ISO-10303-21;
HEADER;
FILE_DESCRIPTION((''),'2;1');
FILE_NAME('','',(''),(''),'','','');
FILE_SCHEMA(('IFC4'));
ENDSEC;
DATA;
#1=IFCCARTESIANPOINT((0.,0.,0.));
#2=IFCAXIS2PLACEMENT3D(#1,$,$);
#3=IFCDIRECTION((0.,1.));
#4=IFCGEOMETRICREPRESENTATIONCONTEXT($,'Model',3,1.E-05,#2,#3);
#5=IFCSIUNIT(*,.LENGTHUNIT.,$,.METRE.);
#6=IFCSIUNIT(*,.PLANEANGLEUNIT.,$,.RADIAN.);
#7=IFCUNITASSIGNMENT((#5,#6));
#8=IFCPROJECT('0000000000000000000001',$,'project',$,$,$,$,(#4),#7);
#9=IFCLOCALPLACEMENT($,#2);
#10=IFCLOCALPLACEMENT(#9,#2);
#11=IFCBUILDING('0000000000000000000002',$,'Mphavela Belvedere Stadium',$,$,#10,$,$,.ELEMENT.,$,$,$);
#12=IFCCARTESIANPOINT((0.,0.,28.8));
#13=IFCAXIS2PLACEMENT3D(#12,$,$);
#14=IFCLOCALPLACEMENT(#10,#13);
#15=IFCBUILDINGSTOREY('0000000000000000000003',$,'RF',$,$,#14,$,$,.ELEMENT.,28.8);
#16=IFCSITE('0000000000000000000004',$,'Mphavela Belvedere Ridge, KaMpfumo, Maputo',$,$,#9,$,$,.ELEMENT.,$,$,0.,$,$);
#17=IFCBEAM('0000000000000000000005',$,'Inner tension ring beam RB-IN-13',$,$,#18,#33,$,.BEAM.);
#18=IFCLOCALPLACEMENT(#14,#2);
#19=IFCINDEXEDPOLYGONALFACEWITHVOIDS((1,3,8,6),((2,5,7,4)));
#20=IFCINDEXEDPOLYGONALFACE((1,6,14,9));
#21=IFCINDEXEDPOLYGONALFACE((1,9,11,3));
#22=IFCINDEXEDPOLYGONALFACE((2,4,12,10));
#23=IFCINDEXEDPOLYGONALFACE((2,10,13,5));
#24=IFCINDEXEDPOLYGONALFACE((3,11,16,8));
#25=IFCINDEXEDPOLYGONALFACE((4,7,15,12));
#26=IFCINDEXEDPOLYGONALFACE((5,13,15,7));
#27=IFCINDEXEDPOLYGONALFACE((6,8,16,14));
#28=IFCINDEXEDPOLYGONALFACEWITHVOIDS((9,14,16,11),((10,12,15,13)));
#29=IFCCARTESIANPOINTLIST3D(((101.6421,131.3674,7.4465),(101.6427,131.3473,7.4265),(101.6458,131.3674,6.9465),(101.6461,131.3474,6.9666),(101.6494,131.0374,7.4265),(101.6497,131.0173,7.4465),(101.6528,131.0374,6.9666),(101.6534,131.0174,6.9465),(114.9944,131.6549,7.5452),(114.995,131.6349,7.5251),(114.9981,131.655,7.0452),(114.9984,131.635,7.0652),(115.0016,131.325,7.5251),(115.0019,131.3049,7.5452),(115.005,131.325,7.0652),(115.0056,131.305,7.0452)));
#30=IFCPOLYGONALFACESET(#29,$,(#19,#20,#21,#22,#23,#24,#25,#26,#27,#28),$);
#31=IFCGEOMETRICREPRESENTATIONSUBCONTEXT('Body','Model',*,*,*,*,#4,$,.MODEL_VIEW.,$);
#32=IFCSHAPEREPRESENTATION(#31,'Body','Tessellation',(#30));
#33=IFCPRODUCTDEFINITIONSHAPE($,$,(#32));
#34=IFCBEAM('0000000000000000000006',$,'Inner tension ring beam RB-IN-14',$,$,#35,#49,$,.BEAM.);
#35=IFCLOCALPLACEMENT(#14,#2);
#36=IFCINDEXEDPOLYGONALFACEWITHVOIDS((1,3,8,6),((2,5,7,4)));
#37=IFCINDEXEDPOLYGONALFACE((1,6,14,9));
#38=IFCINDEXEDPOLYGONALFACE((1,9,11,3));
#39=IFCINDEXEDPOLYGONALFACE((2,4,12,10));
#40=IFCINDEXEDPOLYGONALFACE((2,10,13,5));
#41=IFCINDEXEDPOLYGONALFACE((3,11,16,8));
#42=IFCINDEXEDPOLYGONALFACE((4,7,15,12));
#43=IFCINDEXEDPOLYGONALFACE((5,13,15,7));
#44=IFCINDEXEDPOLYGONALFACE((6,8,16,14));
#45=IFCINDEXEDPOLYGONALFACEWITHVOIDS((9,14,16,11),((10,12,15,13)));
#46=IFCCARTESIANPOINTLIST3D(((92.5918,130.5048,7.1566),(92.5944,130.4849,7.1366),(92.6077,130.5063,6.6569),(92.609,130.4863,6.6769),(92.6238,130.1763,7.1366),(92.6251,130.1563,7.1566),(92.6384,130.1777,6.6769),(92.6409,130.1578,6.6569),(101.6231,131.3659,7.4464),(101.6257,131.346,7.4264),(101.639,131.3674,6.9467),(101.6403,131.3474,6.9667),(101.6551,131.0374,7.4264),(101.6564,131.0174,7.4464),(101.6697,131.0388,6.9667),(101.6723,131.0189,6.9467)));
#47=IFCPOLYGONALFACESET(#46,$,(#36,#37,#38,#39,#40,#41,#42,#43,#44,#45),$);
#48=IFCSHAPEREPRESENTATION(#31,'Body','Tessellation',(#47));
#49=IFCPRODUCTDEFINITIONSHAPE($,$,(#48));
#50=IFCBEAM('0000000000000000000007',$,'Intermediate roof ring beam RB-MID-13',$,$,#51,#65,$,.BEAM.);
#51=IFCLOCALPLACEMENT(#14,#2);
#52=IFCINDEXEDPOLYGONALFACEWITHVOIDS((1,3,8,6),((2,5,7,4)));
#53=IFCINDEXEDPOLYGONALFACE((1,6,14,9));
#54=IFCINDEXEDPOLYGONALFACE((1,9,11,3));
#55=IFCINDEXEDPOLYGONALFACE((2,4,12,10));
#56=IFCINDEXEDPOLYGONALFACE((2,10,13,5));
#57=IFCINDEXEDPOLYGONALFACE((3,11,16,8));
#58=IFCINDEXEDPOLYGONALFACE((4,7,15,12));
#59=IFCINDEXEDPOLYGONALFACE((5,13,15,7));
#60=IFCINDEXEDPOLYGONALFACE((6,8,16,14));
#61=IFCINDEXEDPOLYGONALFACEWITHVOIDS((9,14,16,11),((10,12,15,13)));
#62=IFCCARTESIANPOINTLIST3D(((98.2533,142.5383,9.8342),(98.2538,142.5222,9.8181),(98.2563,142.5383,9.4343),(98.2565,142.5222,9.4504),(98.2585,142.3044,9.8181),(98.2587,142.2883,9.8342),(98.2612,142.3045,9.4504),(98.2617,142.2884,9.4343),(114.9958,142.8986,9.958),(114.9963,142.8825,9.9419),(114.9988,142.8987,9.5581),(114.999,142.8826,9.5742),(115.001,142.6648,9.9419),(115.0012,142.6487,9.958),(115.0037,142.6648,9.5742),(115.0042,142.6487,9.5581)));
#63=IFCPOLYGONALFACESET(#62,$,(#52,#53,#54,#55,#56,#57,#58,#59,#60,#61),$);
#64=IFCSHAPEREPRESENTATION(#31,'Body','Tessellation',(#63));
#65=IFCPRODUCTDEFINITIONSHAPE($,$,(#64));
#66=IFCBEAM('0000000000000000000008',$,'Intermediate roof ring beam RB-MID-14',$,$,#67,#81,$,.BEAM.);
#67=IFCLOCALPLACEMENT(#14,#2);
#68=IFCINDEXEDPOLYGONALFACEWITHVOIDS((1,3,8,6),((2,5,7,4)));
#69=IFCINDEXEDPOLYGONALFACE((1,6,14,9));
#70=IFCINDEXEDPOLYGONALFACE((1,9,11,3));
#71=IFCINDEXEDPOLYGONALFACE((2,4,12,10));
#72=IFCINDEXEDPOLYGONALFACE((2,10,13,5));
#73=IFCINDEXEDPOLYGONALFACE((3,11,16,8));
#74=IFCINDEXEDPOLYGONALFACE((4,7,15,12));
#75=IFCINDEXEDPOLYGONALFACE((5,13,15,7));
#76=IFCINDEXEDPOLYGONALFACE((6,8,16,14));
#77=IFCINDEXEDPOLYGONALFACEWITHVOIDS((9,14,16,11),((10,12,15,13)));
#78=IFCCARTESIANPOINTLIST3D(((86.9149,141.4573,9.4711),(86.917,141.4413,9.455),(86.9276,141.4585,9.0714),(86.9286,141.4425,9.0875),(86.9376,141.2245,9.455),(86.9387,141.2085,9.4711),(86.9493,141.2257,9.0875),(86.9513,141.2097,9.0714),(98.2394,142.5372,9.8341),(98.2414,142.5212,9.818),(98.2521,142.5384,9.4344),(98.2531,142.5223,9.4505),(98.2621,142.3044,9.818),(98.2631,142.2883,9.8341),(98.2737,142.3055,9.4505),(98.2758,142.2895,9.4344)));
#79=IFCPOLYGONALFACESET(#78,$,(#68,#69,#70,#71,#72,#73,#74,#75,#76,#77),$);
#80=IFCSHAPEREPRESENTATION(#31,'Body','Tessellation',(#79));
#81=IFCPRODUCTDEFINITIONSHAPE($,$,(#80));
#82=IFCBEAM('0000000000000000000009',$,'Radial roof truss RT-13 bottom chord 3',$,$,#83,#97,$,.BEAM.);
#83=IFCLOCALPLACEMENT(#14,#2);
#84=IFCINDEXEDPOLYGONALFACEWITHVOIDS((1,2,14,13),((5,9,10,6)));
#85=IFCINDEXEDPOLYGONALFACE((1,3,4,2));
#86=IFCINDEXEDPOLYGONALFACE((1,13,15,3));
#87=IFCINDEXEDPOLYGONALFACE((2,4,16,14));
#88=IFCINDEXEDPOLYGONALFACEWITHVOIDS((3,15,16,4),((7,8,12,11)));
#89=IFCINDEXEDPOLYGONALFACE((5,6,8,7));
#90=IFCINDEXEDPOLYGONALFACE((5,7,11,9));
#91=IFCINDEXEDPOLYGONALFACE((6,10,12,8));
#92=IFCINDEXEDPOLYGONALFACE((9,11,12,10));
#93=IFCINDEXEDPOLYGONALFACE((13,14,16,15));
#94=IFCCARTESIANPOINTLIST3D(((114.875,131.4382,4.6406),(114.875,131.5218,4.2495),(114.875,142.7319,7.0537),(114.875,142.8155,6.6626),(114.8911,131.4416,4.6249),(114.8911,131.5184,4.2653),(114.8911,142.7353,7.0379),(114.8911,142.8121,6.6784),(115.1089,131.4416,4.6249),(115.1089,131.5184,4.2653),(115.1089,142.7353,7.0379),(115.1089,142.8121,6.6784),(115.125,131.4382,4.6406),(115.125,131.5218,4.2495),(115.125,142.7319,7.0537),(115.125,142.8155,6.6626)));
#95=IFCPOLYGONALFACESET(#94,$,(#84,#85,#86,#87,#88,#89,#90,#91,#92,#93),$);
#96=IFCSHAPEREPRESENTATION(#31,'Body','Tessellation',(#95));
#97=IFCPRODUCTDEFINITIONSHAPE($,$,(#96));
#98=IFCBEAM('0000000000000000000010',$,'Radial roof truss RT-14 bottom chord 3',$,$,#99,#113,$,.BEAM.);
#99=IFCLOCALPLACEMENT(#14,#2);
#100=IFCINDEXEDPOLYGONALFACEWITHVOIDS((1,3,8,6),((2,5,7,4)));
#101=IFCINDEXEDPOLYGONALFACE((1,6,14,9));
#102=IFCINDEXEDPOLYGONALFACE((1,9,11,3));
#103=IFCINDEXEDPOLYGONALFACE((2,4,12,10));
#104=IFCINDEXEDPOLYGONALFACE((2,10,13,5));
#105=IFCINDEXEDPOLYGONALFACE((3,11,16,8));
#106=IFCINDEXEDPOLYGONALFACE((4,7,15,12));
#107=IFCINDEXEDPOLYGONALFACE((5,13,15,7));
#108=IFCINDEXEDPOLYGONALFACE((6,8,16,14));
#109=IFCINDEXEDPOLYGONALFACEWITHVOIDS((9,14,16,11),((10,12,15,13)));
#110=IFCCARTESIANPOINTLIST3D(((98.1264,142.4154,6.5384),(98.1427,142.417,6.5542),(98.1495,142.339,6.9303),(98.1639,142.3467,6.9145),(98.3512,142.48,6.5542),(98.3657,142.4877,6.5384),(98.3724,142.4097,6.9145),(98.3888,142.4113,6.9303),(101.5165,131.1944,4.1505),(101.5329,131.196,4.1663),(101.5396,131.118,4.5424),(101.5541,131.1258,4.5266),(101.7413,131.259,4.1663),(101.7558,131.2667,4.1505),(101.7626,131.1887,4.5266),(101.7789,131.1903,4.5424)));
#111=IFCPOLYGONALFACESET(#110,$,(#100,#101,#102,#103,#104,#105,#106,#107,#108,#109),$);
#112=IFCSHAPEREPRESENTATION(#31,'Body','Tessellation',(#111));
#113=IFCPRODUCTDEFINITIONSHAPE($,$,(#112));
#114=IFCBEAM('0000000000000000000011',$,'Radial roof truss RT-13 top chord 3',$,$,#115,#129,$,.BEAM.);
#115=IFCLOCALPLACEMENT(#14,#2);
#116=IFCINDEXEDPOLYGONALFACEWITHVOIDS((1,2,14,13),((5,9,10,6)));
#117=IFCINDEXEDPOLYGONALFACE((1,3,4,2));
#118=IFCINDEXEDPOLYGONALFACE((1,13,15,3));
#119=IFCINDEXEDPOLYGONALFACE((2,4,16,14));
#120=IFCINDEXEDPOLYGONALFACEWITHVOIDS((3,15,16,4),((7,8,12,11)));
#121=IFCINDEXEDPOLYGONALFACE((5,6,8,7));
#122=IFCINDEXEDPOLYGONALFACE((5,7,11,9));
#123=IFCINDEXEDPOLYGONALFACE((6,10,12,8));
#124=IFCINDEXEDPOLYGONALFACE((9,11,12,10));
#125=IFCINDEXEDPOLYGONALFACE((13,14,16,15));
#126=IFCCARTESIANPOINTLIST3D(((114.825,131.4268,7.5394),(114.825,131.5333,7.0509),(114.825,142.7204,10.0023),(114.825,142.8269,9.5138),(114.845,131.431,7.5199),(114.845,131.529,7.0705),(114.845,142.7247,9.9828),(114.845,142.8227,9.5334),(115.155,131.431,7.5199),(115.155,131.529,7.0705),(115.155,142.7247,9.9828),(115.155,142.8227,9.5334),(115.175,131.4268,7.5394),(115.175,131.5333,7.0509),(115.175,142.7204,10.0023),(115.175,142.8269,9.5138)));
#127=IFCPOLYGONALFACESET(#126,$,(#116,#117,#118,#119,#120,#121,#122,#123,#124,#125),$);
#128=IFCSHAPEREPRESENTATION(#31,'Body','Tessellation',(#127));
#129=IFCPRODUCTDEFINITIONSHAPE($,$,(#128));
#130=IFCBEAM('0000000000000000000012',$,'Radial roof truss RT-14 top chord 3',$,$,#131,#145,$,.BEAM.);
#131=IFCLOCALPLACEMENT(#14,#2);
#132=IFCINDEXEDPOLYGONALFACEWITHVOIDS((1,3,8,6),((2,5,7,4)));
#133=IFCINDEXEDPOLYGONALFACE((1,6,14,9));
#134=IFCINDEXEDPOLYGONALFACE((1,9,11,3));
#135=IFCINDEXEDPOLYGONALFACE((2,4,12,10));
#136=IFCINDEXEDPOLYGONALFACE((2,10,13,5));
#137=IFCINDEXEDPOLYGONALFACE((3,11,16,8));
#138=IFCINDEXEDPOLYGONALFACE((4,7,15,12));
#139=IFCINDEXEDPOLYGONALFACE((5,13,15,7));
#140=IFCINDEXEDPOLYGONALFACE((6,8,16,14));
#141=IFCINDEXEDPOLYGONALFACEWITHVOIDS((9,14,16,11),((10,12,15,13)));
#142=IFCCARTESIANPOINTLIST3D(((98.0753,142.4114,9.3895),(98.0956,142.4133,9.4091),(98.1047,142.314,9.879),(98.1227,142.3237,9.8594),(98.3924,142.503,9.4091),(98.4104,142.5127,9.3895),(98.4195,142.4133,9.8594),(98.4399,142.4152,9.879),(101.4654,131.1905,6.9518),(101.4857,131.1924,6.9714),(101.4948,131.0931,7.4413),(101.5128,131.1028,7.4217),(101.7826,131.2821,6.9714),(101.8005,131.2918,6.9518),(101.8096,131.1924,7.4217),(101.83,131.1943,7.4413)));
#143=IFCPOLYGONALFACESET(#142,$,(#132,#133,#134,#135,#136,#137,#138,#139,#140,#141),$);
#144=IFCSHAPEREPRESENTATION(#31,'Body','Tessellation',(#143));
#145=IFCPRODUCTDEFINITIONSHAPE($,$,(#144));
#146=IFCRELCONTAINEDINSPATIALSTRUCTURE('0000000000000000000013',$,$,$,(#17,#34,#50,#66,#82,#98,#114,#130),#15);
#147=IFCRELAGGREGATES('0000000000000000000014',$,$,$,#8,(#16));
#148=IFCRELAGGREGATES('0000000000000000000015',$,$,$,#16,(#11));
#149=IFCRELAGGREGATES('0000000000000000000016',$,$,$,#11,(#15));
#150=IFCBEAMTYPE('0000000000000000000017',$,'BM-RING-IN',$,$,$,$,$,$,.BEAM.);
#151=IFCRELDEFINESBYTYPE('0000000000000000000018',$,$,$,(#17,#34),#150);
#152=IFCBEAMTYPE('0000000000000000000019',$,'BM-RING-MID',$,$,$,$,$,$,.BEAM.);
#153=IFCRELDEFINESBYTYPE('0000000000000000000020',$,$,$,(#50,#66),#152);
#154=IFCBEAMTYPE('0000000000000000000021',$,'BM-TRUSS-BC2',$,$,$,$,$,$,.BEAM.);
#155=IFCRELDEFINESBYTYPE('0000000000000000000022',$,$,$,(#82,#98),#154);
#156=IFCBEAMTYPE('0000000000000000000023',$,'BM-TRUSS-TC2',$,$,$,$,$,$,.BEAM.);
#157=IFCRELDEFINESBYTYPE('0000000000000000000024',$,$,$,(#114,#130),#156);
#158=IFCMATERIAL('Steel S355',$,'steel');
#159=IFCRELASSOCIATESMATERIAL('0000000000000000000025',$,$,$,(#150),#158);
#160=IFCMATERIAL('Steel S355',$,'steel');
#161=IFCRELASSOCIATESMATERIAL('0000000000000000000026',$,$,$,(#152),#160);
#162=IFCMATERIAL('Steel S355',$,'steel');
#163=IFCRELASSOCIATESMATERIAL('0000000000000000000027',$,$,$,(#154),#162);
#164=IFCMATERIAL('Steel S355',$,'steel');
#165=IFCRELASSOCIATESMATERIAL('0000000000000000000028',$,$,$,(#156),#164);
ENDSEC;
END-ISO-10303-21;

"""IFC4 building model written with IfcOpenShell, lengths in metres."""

from ifc_helpers import new_model, si_unit, direction, frame, origin, origin_2d, place, context, subcontext, project, spatial, hollow_rectangle, extrude, material, material_profile, profile_set, type_object, element, save


model = new_model("IFC4")

# Units and contexts
model_context = context("Model", 3, precision=1e-05, world=origin(), true_north=direction((0.0, 1.0)))
body_context = subcontext(model_context, "Body", "Model", "MODEL_VIEW")
ifc_project = project(units=[si_unit("LENGTHUNIT", "METRE"), si_unit("PLANEANGLEUNIT", "RADIAN")], contexts=[model_context])

# Site, building, storey
site_placement = place(None, origin())
site = spatial("IfcSite", under=ifc_project, at=site_placement, Name="Mphavela Belvedere Ridge, KaMpfumo, Maputo", CompositionType="ELEMENT", RefElevation=0.0)
building_placement = place(site_placement, origin())
building = spatial("IfcBuilding", under=site, at=building_placement, Name="Mphavela Belvedere Stadium", CompositionType="ELEMENT")
storey_placement = place(building_placement, frame((0.0, 0.0, 28.8)))
storey = spatial("IfcBuildingStorey", under=building, at=storey_placement, Name="RF", CompositionType="ELEMENT", Elevation=28.8)

# Beams
ifc_material_1 = material(Name="Steel S355", Category="steel")
ifc_material_profile_1 = material_profile(ifc_material_1, hollow_rectangle(XDim=0.3501, YDim=0.5, WallThickness=0.02, at=origin_2d()), Name="RHS 500x350x20")
ifc_profile_set_1 = profile_set([ifc_material_profile_1], Name="Steel S355")
beam_type_1 = type_object("IfcBeamType", Name="BM-RING-IN", PredefinedType="BEAM", material=ifc_profile_set_1)
beam_1_placement = place(storey_placement, frame((115.0, 131.48, 7.2952), z_axis=(-0.999741, -0.021534, -0.007385), x_axis=(0.021534, -0.999768, 0.0)))
element("IfcBeam", 1, at=beam_1_placement, inside=storey, type_object=beam_type_1, Name="Inner tension ring beam RB-IN-13", PredefinedType="BEAM", context=body_context, shape_type="SweptSolid", body=[
    extrude(hollow_rectangle(XDim=0.3501, YDim=0.5, WallThickness=0.02, at=origin_2d()), origin(), (0.0, 0.0, 1.0), 13.3557),
])
beam_2_placement = place(storey_placement, frame((101.6477, 131.1924, 7.1965), z_axis=(-0.994978, -0.094866, -0.031927), x_axis=(0.094914, -0.995485, 0.0)))
element("IfcBeam", 2, at=beam_2_placement, inside=storey, type_object=beam_type_1, Name="Inner tension ring beam RB-IN-14", PredefinedType="BEAM", context=body_context, shape_type="SweptSolid", body=[
    extrude(hollow_rectangle(XDim=0.3501, YDim=0.5, WallThickness=0.02, at=origin_2d()), origin(), (0.0, 0.0, 1.0), 9.0769),
])
ifc_material_2 = material(Name="Steel S355", Category="steel")
ifc_material_profile_2 = material_profile(ifc_material_2, hollow_rectangle(XDim=0.25, YDim=0.3999, WallThickness=0.0161, at=origin_2d()), Name="RHS 400x250x16")
ifc_profile_set_2 = profile_set([ifc_material_profile_2], Name="Steel S355")
beam_type_2 = type_object("IfcBeamType", Name="BM-RING-MID", PredefinedType="BEAM", material=ifc_profile_set_2)
beam_3_placement = place(storey_placement, frame((115.0, 142.7737, 9.7581), z_axis=(-0.999741, -0.021518, -0.007391), x_axis=(0.021518, -0.999768, 0.0)))
element("IfcBeam", 3, at=beam_3_placement, inside=storey, type_object=beam_type_2, Name="Intermediate roof ring beam RB-MID-13", PredefinedType="BEAM", context=body_context, shape_type="SweptSolid", body=[
    extrude(hollow_rectangle(XDim=0.25, YDim=0.3999, WallThickness=0.0161, at=origin_2d()), origin(), (0.0, 0.0, 1.0), 16.7468),
])
beam_4_placement = place(storey_placement, frame((98.2576, 142.4133, 9.6343), z_axis=(-0.994978, -0.094875, -0.031897), x_axis=(0.094924, -0.995485, 0.0)))
element("IfcBeam", 4, at=beam_4_placement, inside=storey, type_object=beam_type_2, Name="Intermediate roof ring beam RB-MID-14", PredefinedType="BEAM", context=body_context, shape_type="SweptSolid", body=[
    extrude(hollow_rectangle(XDim=0.25, YDim=0.3999, WallThickness=0.0161, at=origin_2d()), origin(), (0.0, 0.0, 1.0), 11.3816),
])
ifc_material_3 = material(Name="Steel S355", Category="steel")
ifc_material_profile_3 = material_profile(ifc_material_3, hollow_rectangle(XDim=0.25, YDim=0.3999, WallThickness=0.0161, at=origin_2d()), Name="RHS 400x250x16")
ifc_profile_set_3 = profile_set([ifc_material_profile_3], Name="Steel S355")
beam_type_3 = type_object("IfcBeamType", Name="BM-TRUSS-BC2", PredefinedType="BEAM", material=ifc_profile_set_3)
beam_5_placement = place(storey_placement, frame((115.0, 142.7737, 6.8582), z_axis=(0.0, -0.977926, -0.20895), x_axis=(1.0, 0.0, 0.0)))
element("IfcBeam", 5, at=beam_5_placement, inside=storey, type_object=beam_type_3, Name="Radial roof truss RT-13 bottom chord 3", PredefinedType="BEAM", context=body_context, shape_type="SweptSolid", body=[
    extrude(hollow_rectangle(XDim=0.25, YDim=0.3999, WallThickness=0.0161, at=origin_2d()), origin(), (0.0, 0.0, 1.0), 11.5486),
])
beam_6_placement = place(storey_placement, frame((98.2576, 142.4133, 6.7344), z_axis=(0.283394, -0.937999, -0.199616), x_axis=(0.957264, 0.289214, 0.0)))
element("IfcBeam", 6, at=beam_6_placement, inside=storey, type_object=beam_type_3, Name="Radial roof truss RT-14 bottom chord 3", PredefinedType="BEAM", context=body_context, shape_type="SweptSolid", body=[
    extrude(hollow_rectangle(XDim=0.25, YDim=0.3999, WallThickness=0.0161, at=origin_2d()), origin(), (0.0, 0.0, 1.0), 11.9626),
])
ifc_material_4 = material(Name="Steel S355", Category="steel")
ifc_material_profile_4 = material_profile(ifc_material_4, hollow_rectangle(XDim=0.3501, YDim=0.5, WallThickness=0.02, at=origin_2d()), Name="RHS 500x350x20")
ifc_profile_set_4 = profile_set([ifc_material_profile_4], Name="Steel S355")
beam_type_4 = type_object("IfcBeamType", Name="BM-TRUSS-TC2", PredefinedType="BEAM", material=ifc_profile_set_4)
beam_7_placement = place(storey_placement, frame((115.0, 142.7737, 9.7581), z_axis=(0.0, -0.977037, -0.213069), x_axis=(1.0, 0.0, 0.0)))
element("IfcBeam", 7, at=beam_7_placement, inside=storey, type_object=beam_type_4, Name="Radial roof truss RT-13 top chord 3", PredefinedType="BEAM", context=body_context, shape_type="SweptSolid", body=[
    extrude(hollow_rectangle(XDim=0.3501, YDim=0.5, WallThickness=0.02, at=origin_2d()), origin(), (0.0, 0.0, 1.0), 11.5591),
])
beam_8_placement = place(storey_placement, frame((98.2576, 142.4133, 9.6343), z_axis=(0.283156, -0.937212, -0.203609), x_axis=(0.957264, 0.289214, 0.0)))
element("IfcBeam", 8, at=beam_8_placement, inside=storey, type_object=beam_type_4, Name="Radial roof truss RT-14 top chord 3", PredefinedType="BEAM", context=body_context, shape_type="SweptSolid", body=[
    extrude(hollow_rectangle(XDim=0.3501, YDim=0.5, WallThickness=0.02, at=origin_2d()), origin(), (0.0, 0.0, 1.0), 11.9727),
])

save(model, "model.ifc")
